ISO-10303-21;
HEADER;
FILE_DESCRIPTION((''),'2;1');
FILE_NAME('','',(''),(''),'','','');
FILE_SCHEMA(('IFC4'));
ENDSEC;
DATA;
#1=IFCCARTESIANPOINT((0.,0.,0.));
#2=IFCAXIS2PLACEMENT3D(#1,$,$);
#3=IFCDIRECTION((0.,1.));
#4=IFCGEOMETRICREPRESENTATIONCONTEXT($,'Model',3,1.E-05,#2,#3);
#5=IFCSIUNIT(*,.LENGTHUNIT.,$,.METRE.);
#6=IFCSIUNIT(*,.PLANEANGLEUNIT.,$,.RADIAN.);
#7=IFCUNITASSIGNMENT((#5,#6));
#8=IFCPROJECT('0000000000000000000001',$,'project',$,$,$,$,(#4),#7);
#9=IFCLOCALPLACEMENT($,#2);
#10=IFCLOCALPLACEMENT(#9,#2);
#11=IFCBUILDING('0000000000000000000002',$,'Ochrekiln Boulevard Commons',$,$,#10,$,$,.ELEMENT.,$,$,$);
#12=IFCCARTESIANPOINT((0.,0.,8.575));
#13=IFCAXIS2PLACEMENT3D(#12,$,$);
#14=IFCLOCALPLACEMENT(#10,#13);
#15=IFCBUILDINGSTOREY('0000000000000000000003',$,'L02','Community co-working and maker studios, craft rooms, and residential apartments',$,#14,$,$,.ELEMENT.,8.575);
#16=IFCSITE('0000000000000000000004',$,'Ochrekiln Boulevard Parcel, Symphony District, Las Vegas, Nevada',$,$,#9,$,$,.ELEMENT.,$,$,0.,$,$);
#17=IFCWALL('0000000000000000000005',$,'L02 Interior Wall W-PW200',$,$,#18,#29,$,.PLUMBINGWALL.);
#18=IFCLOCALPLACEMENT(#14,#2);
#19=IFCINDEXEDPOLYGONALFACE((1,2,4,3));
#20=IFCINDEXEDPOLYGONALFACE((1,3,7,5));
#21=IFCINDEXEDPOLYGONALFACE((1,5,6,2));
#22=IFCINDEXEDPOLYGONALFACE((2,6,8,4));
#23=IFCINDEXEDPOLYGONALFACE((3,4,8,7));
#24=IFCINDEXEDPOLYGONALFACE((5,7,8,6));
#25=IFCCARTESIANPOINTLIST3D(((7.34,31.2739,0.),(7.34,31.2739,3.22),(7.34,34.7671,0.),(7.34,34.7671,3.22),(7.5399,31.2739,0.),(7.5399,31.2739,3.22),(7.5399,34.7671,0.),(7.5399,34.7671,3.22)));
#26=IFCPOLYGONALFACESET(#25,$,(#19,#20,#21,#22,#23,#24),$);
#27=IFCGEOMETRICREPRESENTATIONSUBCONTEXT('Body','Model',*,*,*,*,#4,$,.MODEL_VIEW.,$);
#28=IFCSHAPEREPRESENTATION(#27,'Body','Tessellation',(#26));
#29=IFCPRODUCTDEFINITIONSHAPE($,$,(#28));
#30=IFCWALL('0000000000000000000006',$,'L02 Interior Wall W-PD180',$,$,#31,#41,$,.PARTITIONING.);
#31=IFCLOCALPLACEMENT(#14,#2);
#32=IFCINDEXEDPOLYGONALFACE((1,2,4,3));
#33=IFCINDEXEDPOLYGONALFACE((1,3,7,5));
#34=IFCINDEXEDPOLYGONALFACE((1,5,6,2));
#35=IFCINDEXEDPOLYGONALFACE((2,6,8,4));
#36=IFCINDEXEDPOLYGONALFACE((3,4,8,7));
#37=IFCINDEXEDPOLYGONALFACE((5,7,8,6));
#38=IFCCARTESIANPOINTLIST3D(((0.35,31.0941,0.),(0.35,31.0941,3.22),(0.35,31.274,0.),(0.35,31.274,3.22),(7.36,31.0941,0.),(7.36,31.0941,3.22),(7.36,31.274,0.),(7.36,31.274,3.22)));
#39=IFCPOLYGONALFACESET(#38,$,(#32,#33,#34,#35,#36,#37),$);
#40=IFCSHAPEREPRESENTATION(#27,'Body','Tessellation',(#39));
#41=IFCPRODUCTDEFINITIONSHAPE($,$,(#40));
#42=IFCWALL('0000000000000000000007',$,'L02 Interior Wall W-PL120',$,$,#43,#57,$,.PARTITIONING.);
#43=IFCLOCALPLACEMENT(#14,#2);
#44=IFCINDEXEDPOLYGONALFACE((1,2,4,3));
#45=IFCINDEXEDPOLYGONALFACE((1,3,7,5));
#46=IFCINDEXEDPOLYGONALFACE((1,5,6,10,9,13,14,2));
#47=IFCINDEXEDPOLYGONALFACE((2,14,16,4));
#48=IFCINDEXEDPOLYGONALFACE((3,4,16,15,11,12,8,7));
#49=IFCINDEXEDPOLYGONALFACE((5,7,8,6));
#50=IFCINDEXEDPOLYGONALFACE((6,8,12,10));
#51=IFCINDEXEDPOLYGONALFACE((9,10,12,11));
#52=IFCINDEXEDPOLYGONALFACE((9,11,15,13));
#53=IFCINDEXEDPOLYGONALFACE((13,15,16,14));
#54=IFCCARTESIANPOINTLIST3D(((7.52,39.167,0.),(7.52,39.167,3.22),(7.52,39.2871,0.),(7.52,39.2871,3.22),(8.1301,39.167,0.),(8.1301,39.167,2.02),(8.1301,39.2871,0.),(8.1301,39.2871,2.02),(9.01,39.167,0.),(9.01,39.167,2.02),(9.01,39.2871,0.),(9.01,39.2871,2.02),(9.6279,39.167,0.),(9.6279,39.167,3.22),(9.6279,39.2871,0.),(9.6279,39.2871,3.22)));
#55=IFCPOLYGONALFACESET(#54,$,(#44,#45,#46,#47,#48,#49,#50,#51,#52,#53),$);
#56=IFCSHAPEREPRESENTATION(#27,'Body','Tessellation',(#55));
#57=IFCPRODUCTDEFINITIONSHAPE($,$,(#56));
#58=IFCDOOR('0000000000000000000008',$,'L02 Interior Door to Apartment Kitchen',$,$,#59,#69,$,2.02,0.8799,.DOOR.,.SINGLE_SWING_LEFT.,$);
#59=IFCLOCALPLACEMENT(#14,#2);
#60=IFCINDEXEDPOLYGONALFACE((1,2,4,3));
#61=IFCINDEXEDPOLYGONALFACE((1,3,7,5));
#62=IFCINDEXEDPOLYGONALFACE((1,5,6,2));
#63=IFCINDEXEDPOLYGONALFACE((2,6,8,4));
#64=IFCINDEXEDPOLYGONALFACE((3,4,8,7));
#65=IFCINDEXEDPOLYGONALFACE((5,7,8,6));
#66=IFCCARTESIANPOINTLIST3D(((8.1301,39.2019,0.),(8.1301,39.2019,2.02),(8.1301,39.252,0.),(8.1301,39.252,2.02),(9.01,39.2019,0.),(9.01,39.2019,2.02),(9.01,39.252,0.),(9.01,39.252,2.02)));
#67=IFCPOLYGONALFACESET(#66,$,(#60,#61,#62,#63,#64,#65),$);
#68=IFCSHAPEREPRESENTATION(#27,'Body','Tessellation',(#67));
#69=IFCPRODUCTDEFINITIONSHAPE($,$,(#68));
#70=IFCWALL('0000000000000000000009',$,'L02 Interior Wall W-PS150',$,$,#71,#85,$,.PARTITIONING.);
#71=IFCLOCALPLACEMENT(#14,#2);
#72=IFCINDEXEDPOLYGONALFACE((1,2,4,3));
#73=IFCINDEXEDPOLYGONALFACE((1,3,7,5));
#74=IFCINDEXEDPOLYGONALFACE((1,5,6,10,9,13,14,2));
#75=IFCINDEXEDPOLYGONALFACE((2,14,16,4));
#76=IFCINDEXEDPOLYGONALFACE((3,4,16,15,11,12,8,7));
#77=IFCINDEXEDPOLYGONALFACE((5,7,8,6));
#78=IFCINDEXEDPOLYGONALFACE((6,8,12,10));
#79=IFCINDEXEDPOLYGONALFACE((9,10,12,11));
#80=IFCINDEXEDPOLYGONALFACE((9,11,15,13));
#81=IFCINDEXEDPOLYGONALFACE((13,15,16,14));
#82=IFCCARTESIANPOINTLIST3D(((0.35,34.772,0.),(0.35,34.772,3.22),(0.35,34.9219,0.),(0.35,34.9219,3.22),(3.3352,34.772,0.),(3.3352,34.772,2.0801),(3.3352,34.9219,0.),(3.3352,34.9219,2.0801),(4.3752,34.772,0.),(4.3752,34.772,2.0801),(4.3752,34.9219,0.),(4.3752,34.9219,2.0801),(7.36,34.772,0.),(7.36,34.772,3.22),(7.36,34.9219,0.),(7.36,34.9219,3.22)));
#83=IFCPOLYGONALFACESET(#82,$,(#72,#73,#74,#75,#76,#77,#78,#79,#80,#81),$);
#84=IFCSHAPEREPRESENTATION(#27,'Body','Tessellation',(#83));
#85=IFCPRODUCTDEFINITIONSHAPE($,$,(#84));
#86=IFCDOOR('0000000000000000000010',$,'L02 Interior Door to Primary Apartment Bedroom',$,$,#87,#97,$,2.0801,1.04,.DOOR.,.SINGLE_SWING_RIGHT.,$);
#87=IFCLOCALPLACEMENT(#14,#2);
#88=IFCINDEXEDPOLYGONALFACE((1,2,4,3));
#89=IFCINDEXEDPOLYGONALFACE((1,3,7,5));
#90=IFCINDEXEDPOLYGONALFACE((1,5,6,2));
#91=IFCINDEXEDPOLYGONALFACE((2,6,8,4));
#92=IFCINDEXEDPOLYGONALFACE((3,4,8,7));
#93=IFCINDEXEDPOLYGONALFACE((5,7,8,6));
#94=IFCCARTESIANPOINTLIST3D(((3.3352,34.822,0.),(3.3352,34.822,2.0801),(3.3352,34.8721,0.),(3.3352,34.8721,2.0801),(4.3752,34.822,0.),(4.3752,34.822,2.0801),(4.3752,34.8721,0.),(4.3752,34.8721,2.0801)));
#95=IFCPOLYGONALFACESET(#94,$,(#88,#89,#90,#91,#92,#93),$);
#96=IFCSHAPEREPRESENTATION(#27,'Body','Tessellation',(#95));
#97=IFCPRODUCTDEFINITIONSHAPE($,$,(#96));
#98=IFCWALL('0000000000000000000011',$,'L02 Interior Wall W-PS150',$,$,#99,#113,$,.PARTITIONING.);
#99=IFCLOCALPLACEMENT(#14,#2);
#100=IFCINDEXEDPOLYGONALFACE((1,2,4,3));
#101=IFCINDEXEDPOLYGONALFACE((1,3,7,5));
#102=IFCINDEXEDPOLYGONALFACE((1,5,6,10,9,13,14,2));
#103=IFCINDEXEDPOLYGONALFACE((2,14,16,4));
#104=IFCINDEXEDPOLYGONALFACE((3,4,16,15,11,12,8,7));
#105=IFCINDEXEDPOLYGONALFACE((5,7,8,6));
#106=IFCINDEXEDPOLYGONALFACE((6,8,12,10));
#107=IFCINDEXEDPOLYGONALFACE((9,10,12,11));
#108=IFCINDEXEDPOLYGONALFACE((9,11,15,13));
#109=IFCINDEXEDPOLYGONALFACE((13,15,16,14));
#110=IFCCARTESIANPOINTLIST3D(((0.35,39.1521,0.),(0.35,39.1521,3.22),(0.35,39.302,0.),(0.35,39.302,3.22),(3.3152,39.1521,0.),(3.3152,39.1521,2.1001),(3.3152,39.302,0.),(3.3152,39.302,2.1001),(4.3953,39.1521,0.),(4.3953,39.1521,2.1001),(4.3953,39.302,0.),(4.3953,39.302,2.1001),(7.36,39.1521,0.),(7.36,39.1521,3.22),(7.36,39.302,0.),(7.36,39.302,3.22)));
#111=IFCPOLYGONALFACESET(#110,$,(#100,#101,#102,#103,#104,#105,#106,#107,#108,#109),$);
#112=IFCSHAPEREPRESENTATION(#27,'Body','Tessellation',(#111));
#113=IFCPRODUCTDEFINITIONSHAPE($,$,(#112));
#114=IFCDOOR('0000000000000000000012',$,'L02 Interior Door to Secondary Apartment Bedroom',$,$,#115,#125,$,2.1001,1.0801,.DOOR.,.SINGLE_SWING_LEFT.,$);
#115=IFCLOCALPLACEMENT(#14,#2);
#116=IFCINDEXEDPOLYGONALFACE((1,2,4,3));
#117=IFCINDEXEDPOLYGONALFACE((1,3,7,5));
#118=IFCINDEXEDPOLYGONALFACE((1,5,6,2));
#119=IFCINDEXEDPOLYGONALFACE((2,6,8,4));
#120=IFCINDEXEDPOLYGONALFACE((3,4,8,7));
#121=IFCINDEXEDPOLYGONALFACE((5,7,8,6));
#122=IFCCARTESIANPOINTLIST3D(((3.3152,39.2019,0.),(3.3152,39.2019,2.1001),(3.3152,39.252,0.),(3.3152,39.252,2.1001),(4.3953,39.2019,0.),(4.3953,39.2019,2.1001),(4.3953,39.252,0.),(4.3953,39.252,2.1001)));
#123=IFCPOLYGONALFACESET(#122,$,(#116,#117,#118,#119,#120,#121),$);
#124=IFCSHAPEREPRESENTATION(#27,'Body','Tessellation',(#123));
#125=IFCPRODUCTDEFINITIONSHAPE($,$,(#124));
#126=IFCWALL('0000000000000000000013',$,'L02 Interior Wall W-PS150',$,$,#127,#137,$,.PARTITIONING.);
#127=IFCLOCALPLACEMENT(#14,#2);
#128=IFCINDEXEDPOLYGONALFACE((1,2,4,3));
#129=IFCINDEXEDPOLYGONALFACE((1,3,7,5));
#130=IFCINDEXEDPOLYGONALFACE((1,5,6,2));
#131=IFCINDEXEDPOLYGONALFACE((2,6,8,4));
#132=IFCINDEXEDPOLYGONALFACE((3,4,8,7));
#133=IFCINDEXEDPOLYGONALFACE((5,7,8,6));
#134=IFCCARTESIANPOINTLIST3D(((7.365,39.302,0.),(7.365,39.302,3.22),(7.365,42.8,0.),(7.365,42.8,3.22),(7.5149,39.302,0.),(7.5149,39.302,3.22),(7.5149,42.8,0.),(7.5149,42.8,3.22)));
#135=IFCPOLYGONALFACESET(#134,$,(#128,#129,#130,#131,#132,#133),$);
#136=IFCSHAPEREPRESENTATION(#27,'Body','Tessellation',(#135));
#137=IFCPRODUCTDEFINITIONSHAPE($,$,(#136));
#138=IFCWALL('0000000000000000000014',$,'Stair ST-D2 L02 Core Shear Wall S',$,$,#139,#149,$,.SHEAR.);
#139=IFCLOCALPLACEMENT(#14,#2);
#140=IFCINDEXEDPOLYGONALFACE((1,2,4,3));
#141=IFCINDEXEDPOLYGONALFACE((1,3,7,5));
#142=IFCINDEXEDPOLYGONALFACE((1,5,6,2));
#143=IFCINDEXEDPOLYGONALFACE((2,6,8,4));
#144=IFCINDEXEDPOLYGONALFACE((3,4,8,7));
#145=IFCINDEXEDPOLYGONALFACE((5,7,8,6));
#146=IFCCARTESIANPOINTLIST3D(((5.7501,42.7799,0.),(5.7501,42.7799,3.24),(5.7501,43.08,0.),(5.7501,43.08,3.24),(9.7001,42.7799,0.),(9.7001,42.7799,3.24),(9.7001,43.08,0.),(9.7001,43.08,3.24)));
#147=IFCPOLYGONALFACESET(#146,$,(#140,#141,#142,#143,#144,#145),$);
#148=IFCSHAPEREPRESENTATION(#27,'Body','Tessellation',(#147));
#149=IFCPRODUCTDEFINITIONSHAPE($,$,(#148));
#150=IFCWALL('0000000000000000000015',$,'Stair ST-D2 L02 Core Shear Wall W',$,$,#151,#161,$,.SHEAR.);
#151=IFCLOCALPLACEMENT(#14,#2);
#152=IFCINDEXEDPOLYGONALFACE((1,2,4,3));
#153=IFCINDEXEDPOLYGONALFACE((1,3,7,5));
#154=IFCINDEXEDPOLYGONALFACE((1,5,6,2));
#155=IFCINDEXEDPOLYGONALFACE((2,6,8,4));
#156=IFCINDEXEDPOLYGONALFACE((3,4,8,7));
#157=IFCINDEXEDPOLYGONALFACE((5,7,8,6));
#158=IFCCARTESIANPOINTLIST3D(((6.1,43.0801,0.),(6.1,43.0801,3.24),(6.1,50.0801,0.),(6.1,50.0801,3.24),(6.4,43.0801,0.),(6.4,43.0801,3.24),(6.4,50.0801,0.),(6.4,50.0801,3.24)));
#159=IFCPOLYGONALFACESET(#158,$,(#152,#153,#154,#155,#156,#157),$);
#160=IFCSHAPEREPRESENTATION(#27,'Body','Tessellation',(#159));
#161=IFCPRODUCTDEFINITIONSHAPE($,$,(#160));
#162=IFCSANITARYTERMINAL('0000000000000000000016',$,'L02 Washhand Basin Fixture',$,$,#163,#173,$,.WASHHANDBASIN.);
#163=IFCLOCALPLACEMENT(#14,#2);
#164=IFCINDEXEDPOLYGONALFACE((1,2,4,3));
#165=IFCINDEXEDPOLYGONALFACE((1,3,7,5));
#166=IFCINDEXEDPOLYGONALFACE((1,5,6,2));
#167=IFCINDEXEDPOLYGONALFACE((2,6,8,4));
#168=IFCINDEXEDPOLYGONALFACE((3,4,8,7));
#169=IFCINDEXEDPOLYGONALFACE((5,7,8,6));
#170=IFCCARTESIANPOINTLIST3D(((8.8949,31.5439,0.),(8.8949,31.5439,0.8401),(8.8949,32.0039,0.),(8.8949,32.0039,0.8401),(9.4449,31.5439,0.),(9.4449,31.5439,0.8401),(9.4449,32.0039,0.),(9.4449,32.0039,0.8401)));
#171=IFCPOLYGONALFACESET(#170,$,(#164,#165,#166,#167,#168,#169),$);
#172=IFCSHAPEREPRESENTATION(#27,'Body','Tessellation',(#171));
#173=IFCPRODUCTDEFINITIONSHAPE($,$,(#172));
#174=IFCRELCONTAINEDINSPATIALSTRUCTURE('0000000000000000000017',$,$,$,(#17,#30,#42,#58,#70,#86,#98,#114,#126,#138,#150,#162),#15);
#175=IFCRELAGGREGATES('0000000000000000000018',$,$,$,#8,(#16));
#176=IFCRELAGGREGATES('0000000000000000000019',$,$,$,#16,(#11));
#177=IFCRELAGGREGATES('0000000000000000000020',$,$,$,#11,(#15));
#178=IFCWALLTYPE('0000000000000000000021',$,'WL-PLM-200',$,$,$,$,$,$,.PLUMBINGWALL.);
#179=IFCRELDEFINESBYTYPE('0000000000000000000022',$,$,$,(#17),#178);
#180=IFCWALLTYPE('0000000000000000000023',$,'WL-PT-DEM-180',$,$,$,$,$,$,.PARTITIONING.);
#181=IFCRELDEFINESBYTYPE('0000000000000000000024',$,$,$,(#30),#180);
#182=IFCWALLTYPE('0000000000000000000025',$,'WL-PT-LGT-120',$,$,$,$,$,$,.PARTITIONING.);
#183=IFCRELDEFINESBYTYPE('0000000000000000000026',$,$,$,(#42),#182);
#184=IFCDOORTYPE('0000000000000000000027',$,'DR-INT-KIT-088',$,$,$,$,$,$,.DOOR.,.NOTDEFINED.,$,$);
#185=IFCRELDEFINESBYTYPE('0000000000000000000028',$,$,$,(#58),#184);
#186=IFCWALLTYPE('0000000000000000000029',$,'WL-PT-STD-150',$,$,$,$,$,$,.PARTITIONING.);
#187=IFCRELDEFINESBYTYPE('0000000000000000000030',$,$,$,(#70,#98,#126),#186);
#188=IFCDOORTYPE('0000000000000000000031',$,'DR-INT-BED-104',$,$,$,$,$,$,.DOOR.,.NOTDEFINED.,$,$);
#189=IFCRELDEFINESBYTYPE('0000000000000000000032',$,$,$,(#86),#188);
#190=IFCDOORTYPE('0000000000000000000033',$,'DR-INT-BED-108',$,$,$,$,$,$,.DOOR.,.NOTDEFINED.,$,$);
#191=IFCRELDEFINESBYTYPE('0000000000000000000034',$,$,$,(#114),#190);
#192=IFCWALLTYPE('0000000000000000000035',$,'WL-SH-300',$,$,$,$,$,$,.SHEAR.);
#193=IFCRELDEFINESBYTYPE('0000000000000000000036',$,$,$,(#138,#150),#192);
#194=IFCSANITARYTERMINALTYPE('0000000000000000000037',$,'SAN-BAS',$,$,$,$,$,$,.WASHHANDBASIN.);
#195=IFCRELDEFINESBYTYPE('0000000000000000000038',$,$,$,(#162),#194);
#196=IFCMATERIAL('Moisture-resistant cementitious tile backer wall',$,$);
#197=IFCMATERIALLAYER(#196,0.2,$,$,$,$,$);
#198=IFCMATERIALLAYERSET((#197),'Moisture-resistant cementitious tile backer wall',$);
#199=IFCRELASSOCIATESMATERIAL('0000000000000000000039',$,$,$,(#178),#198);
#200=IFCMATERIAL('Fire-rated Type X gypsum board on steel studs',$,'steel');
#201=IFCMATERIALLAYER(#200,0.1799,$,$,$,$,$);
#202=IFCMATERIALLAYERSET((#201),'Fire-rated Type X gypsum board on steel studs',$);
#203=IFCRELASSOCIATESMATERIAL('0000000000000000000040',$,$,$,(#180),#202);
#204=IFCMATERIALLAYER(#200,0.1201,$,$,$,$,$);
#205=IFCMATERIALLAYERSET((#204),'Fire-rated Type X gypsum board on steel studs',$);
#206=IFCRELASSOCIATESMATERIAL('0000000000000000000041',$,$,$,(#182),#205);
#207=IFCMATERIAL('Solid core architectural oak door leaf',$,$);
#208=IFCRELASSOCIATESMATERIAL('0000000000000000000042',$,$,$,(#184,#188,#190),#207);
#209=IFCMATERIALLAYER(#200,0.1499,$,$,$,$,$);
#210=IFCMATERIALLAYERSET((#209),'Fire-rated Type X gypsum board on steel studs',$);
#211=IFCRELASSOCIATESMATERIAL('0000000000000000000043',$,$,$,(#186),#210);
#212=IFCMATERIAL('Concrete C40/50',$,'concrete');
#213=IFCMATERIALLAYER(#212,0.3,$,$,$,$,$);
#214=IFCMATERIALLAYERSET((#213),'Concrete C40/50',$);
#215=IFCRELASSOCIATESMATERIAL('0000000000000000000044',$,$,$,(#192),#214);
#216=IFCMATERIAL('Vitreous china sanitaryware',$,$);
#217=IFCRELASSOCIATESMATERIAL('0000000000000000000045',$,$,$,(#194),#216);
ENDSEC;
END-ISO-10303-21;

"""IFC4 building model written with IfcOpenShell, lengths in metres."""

from ifc_helpers import new_model, si_unit, direction, frame, frame_2d, origin, origin_2d, place, context, subcontext, project, spatial, rectangle, extrude, material, layer, layer_set, type_object, element, fill, save


model = new_model("IFC4")

# Units and contexts
model_context = context("Model", 3, precision=1e-05, world=origin(), true_north=direction((0.0, 1.0)))
body_context = subcontext(model_context, "Body", "Model", "MODEL_VIEW")
ifc_project = project(units=[si_unit("LENGTHUNIT", "METRE"), si_unit("PLANEANGLEUNIT", "RADIAN")], contexts=[model_context])

# Site, building, storey
site_placement = place(None, origin())
site = spatial("IfcSite", under=ifc_project, at=site_placement, Name="Ochrekiln Boulevard Parcel, Symphony District, Las Vegas, Nevada", CompositionType="ELEMENT", RefElevation=0.0)
building_placement = place(site_placement, origin())
building = spatial("IfcBuilding", under=site, at=building_placement, Name="Ochrekiln Boulevard Commons", CompositionType="ELEMENT")
storey_placement = place(building_placement, frame((0.0, 0.0, 8.575)))
storey = spatial("IfcBuildingStorey", under=building, at=storey_placement, Name="L02", Description="Community co-working and maker studios, craft rooms, and residential apartments", CompositionType="ELEMENT", Elevation=8.575)

# Shared definitions
ifc_material_1 = material(Name="Concrete C40/50", Category="concrete")

# Shared definitions
ifc_material_2 = material(Name="Moisture-resistant cementitious tile backer wall")
ifc_layer_1 = layer(ifc_material_2, 0.2)
ifc_layer_set_1 = layer_set([ifc_layer_1], Name="Moisture-resistant cementitious tile backer wall")
wall_type_1 = type_object("IfcWallType", Name="WL-PLM-200", PredefinedType="PLUMBINGWALL", material=ifc_layer_set_1)

# Shared definitions
ifc_material_3 = material(Name="Solid core architectural oak door leaf")

# Walls
wall_1_placement = place(storey_placement, frame((7.4399, 31.2739, 0.0), z_axis=(0.0, 0.0, 1.0), x_axis=(0.0, 1.0, 0.0)))
element("IfcWall", 1, at=wall_1_placement, inside=storey, type_object=wall_type_1, Name="L02 Interior Wall W-PW200", PredefinedType="PLUMBINGWALL", context=body_context, shape_type="SweptSolid", body=[
    extrude(rectangle(XDim=3.4932, YDim=0.2, at=frame_2d((1.7466, 0.0))), origin(), (0.0, 0.0, 1.0), 3.22),
])
ifc_material_4 = material(Name="Fire-rated Type X gypsum board on steel studs", Category="steel")
ifc_layer_2 = layer(ifc_material_4, 0.1799)
ifc_layer_set_2 = layer_set([ifc_layer_2], Name="Fire-rated Type X gypsum board on steel studs")
wall_type_2 = type_object("IfcWallType", Name="WL-PT-DEM-180", PredefinedType="PARTITIONING", material=ifc_layer_set_2)
wall_2_placement = place(storey_placement, frame((0.3501, 31.1841, 0.0), z_axis=(0.0, 0.0, 1.0), x_axis=(1.0, 0.0, 0.0)))
element("IfcWall", 2, at=wall_2_placement, inside=storey, type_object=wall_type_2, Name="L02 Interior Wall W-PD180", PredefinedType="PARTITIONING", context=body_context, shape_type="SweptSolid", body=[
    extrude(rectangle(XDim=7.01, YDim=0.1799, at=frame_2d((3.5049, 0.0))), origin(), (0.0, 0.0, 1.0), 3.22),
])

# Walls, openings, doors
ifc_layer_3 = layer(ifc_material_4, 0.1201)
ifc_layer_set_3 = layer_set([ifc_layer_3], Name="Fire-rated Type X gypsum board on steel studs")
wall_type_3 = type_object("IfcWallType", Name="WL-PT-LGT-120", PredefinedType="PARTITIONING", material=ifc_layer_set_3)
wall_3_placement = place(storey_placement, frame((7.52, 39.2271, 0.0), z_axis=(0.0, 0.0, 1.0), x_axis=(1.0, 0.0, 0.0)))
wall_3 = element("IfcWall", 3, at=wall_3_placement, inside=storey, type_object=wall_type_3, Name="L02 Interior Wall W-PL120", PredefinedType="PARTITIONING", context=body_context, shape_type="SweptSolid", body=[
    extrude(rectangle(XDim=2.1079, YDim=0.1201, at=frame_2d((1.054, 0.0))), origin(), (0.0, 0.0, 1.0), 3.22),
])
opening_1_placement = place(wall_3_placement, frame((0.6101, 0.0, 0.0)))
opening_1 = element("IfcOpeningElement", 4, at=opening_1_placement, cuts=wall_3, PredefinedType="OPENING", context=body_context, shape_type="SweptSolid", body=[
    extrude(rectangle(XDim=0.8799, YDim=2.02, at=frame_2d((0.4399, 1.01))), frame((0.0, 0.0701, 0.0), z_axis=(0.0, -1.0, 0.0), x_axis=(1.0, 0.0, 0.0)), (0.0, 0.0, 1.0), 0.1401),
])
door_type_1 = type_object("IfcDoorType", Name="DR-INT-KIT-088", OperationType="NOTDEFINED", PredefinedType="DOOR", material=ifc_material_3)
door_1_placement = place(opening_1_placement, origin())
door_1 = element("IfcDoor", 5, at=door_1_placement, inside=storey, type_object=door_type_1, Name="L02 Interior Door to Apartment Kitchen", OperationType="SINGLE_SWING_LEFT", OverallHeight=2.02, OverallWidth=0.8799, PredefinedType="DOOR", context=body_context, shape_type="SweptSolid", body=[
    extrude(rectangle(XDim=0.8799, YDim=2.02, at=frame_2d((0.4399, 1.01))), frame((0.0, 0.0249, 0.0), z_axis=(0.0, -1.0, 0.0), x_axis=(1.0, 0.0, 0.0)), (0.0, 0.0, 1.0), 0.05),
])
fill(opening_1, door_1)
ifc_layer_4 = layer(ifc_material_4, 0.1499)
ifc_layer_set_4 = layer_set([ifc_layer_4], Name="Fire-rated Type X gypsum board on steel studs")
wall_type_4 = type_object("IfcWallType", Name="WL-PT-STD-150", PredefinedType="PARTITIONING", material=ifc_layer_set_4)
wall_4_placement = place(storey_placement, frame((0.3501, 34.8469, 0.0), z_axis=(0.0, 0.0, 1.0), x_axis=(1.0, 0.0, 0.0)))
wall_4 = element("IfcWall", 6, at=wall_4_placement, inside=storey, type_object=wall_type_4, Name="L02 Interior Wall W-PS150", PredefinedType="PARTITIONING", context=body_context, shape_type="SweptSolid", body=[
    extrude(rectangle(XDim=7.01, YDim=0.1499, at=frame_2d((3.5049, 0.0))), origin(), (0.0, 0.0, 1.0), 3.22),
])
opening_2_placement = place(wall_4_placement, frame((2.9851, 0.0, 0.0)))
opening_2 = element("IfcOpeningElement", 7, at=opening_2_placement, cuts=wall_4, PredefinedType="OPENING", context=body_context, shape_type="SweptSolid", body=[
    extrude(rectangle(XDim=1.04, YDim=2.0801, at=frame_2d((0.52, 1.04))), frame((0.0, 0.085, 0.0), z_axis=(0.0, -1.0, 0.0), x_axis=(1.0, 0.0, 0.0)), (0.0, 0.0, 1.0), 0.1699),
])
door_type_2 = type_object("IfcDoorType", Name="DR-INT-BED-104", OperationType="NOTDEFINED", PredefinedType="DOOR", material=ifc_material_3)
door_2_placement = place(opening_2_placement, frame((1.04, 0.0, 0.0), z_axis=(0.0, 0.0, 1.0), x_axis=(-1.0, 0.0, 0.0)))
door_2 = element("IfcDoor", 8, at=door_2_placement, inside=storey, type_object=door_type_2, Name="L02 Interior Door to Primary Apartment Bedroom", OperationType="SINGLE_SWING_RIGHT", OverallHeight=2.0801, OverallWidth=1.04, PredefinedType="DOOR", context=body_context, shape_type="SweptSolid", body=[
    extrude(rectangle(XDim=1.04, YDim=2.0801, at=frame_2d((0.52, 1.04))), frame((0.0, 0.0249, 0.0), z_axis=(0.0, -1.0, 0.0), x_axis=(1.0, 0.0, 0.0)), (0.0, 0.0, 1.0), 0.05),
])
fill(opening_2, door_2)
wall_5_placement = place(storey_placement, frame((0.3501, 39.2271, 0.0), z_axis=(0.0, 0.0, 1.0), x_axis=(1.0, 0.0, 0.0)))
wall_5 = element("IfcWall", 9, at=wall_5_placement, inside=storey, type_object=wall_type_4, Name="L02 Interior Wall W-PS150", PredefinedType="PARTITIONING", context=body_context, shape_type="SweptSolid", body=[
    extrude(rectangle(XDim=7.01, YDim=0.1499, at=frame_2d((3.5049, 0.0))), origin(), (0.0, 0.0, 1.0), 3.22),
])
opening_3_placement = place(wall_5_placement, frame((2.9651, 0.0, 0.0)))
opening_3 = element("IfcOpeningElement", 10, at=opening_3_placement, cuts=wall_5, PredefinedType="OPENING", context=body_context, shape_type="SweptSolid", body=[
    extrude(rectangle(XDim=1.0801, YDim=2.1001, at=frame_2d((0.54, 1.05))), frame((0.0, 0.085, 0.0), z_axis=(0.0, -1.0, 0.0), x_axis=(1.0, 0.0, 0.0)), (0.0, 0.0, 1.0), 0.1699),
])
door_type_3 = type_object("IfcDoorType", Name="DR-INT-BED-108", OperationType="NOTDEFINED", PredefinedType="DOOR", material=ifc_material_3)
door_3_placement = place(opening_3_placement, origin())
door_3 = element("IfcDoor", 11, at=door_3_placement, inside=storey, type_object=door_type_3, Name="L02 Interior Door to Secondary Apartment Bedroom", OperationType="SINGLE_SWING_LEFT", OverallHeight=2.1001, OverallWidth=1.0801, PredefinedType="DOOR", context=body_context, shape_type="SweptSolid", body=[
    extrude(rectangle(XDim=1.0801, YDim=2.1001, at=frame_2d((0.54, 1.05))), frame((0.0, 0.0249, 0.0), z_axis=(0.0, -1.0, 0.0), x_axis=(1.0, 0.0, 0.0)), (0.0, 0.0, 1.0), 0.05),
])
fill(opening_3, door_3)

# Walls
wall_6_placement = place(storey_placement, frame((7.4399, 39.302, 0.0), z_axis=(0.0, 0.0, 1.0), x_axis=(0.0, 1.0, 0.0)))
element("IfcWall", 12, at=wall_6_placement, inside=storey, type_object=wall_type_4, Name="L02 Interior Wall W-PS150", PredefinedType="PARTITIONING", context=body_context, shape_type="SweptSolid", body=[
    extrude(rectangle(XDim=3.498, YDim=0.1499, at=frame_2d((1.749, 0.0))), origin(), (0.0, 0.0, 1.0), 3.22),
])
ifc_layer_5 = layer(ifc_material_1, 0.3)
ifc_layer_set_5 = layer_set([ifc_layer_5], Name="Concrete C40/50")
wall_type_5 = type_object("IfcWallType", Name="WL-SH-300", PredefinedType="SHEAR", material=ifc_layer_set_5)
wall_7_placement = place(storey_placement, frame((5.75, 42.9299, 0.0), z_axis=(0.0, 0.0, 1.0), x_axis=(1.0, 0.0, 0.0)))
element("IfcWall", 13, at=wall_7_placement, inside=storey, type_object=wall_type_5, Name="Stair ST-D2 L02 Core Shear Wall S", PredefinedType="SHEAR", context=body_context, shape_type="SweptSolid", body=[
    extrude(rectangle(XDim=3.95, YDim=0.3, at=frame_2d((1.9751, 0.0))), origin(), (0.0, 0.0, 1.0), 3.24),
])
wall_8_placement = place(storey_placement, frame((6.25, 43.0801, 0.0), z_axis=(0.0, 0.0, 1.0), x_axis=(0.0, 1.0, 0.0)))
element("IfcWall", 14, at=wall_8_placement, inside=storey, type_object=wall_type_5, Name="Stair ST-D2 L02 Core Shear Wall W", PredefinedType="SHEAR", context=body_context, shape_type="SweptSolid", body=[
    extrude(rectangle(XDim=7.0, YDim=0.3, at=frame_2d((3.5, 0.0))), origin(), (0.0, 0.0, 1.0), 3.24),
])

# Sanitary terminal
ifc_material_5 = material(Name="Vitreous china sanitaryware")
sanitary_terminal_type_1 = type_object("IfcSanitaryTerminalType", Name="SAN-BAS", PredefinedType="WASHHANDBASIN", material=ifc_material_5)
sanitary_terminal_1_placement = place(storey_placement, frame((9.1699, 31.7739, 0.0), z_axis=(0.0, 0.0, 1.0), x_axis=(1.0, 0.0, 0.0)))
element("IfcSanitaryTerminal", 15, at=sanitary_terminal_1_placement, inside=storey, type_object=sanitary_terminal_type_1, Name="L02 Washhand Basin Fixture", PredefinedType="WASHHANDBASIN", context=body_context, shape_type="SweptSolid", body=[
    extrude(rectangle(XDim=0.55, YDim=0.46, at=origin_2d()), origin(), (0.0, 0.0, 1.0), 0.8401),
])

save(model, "model.ifc")
